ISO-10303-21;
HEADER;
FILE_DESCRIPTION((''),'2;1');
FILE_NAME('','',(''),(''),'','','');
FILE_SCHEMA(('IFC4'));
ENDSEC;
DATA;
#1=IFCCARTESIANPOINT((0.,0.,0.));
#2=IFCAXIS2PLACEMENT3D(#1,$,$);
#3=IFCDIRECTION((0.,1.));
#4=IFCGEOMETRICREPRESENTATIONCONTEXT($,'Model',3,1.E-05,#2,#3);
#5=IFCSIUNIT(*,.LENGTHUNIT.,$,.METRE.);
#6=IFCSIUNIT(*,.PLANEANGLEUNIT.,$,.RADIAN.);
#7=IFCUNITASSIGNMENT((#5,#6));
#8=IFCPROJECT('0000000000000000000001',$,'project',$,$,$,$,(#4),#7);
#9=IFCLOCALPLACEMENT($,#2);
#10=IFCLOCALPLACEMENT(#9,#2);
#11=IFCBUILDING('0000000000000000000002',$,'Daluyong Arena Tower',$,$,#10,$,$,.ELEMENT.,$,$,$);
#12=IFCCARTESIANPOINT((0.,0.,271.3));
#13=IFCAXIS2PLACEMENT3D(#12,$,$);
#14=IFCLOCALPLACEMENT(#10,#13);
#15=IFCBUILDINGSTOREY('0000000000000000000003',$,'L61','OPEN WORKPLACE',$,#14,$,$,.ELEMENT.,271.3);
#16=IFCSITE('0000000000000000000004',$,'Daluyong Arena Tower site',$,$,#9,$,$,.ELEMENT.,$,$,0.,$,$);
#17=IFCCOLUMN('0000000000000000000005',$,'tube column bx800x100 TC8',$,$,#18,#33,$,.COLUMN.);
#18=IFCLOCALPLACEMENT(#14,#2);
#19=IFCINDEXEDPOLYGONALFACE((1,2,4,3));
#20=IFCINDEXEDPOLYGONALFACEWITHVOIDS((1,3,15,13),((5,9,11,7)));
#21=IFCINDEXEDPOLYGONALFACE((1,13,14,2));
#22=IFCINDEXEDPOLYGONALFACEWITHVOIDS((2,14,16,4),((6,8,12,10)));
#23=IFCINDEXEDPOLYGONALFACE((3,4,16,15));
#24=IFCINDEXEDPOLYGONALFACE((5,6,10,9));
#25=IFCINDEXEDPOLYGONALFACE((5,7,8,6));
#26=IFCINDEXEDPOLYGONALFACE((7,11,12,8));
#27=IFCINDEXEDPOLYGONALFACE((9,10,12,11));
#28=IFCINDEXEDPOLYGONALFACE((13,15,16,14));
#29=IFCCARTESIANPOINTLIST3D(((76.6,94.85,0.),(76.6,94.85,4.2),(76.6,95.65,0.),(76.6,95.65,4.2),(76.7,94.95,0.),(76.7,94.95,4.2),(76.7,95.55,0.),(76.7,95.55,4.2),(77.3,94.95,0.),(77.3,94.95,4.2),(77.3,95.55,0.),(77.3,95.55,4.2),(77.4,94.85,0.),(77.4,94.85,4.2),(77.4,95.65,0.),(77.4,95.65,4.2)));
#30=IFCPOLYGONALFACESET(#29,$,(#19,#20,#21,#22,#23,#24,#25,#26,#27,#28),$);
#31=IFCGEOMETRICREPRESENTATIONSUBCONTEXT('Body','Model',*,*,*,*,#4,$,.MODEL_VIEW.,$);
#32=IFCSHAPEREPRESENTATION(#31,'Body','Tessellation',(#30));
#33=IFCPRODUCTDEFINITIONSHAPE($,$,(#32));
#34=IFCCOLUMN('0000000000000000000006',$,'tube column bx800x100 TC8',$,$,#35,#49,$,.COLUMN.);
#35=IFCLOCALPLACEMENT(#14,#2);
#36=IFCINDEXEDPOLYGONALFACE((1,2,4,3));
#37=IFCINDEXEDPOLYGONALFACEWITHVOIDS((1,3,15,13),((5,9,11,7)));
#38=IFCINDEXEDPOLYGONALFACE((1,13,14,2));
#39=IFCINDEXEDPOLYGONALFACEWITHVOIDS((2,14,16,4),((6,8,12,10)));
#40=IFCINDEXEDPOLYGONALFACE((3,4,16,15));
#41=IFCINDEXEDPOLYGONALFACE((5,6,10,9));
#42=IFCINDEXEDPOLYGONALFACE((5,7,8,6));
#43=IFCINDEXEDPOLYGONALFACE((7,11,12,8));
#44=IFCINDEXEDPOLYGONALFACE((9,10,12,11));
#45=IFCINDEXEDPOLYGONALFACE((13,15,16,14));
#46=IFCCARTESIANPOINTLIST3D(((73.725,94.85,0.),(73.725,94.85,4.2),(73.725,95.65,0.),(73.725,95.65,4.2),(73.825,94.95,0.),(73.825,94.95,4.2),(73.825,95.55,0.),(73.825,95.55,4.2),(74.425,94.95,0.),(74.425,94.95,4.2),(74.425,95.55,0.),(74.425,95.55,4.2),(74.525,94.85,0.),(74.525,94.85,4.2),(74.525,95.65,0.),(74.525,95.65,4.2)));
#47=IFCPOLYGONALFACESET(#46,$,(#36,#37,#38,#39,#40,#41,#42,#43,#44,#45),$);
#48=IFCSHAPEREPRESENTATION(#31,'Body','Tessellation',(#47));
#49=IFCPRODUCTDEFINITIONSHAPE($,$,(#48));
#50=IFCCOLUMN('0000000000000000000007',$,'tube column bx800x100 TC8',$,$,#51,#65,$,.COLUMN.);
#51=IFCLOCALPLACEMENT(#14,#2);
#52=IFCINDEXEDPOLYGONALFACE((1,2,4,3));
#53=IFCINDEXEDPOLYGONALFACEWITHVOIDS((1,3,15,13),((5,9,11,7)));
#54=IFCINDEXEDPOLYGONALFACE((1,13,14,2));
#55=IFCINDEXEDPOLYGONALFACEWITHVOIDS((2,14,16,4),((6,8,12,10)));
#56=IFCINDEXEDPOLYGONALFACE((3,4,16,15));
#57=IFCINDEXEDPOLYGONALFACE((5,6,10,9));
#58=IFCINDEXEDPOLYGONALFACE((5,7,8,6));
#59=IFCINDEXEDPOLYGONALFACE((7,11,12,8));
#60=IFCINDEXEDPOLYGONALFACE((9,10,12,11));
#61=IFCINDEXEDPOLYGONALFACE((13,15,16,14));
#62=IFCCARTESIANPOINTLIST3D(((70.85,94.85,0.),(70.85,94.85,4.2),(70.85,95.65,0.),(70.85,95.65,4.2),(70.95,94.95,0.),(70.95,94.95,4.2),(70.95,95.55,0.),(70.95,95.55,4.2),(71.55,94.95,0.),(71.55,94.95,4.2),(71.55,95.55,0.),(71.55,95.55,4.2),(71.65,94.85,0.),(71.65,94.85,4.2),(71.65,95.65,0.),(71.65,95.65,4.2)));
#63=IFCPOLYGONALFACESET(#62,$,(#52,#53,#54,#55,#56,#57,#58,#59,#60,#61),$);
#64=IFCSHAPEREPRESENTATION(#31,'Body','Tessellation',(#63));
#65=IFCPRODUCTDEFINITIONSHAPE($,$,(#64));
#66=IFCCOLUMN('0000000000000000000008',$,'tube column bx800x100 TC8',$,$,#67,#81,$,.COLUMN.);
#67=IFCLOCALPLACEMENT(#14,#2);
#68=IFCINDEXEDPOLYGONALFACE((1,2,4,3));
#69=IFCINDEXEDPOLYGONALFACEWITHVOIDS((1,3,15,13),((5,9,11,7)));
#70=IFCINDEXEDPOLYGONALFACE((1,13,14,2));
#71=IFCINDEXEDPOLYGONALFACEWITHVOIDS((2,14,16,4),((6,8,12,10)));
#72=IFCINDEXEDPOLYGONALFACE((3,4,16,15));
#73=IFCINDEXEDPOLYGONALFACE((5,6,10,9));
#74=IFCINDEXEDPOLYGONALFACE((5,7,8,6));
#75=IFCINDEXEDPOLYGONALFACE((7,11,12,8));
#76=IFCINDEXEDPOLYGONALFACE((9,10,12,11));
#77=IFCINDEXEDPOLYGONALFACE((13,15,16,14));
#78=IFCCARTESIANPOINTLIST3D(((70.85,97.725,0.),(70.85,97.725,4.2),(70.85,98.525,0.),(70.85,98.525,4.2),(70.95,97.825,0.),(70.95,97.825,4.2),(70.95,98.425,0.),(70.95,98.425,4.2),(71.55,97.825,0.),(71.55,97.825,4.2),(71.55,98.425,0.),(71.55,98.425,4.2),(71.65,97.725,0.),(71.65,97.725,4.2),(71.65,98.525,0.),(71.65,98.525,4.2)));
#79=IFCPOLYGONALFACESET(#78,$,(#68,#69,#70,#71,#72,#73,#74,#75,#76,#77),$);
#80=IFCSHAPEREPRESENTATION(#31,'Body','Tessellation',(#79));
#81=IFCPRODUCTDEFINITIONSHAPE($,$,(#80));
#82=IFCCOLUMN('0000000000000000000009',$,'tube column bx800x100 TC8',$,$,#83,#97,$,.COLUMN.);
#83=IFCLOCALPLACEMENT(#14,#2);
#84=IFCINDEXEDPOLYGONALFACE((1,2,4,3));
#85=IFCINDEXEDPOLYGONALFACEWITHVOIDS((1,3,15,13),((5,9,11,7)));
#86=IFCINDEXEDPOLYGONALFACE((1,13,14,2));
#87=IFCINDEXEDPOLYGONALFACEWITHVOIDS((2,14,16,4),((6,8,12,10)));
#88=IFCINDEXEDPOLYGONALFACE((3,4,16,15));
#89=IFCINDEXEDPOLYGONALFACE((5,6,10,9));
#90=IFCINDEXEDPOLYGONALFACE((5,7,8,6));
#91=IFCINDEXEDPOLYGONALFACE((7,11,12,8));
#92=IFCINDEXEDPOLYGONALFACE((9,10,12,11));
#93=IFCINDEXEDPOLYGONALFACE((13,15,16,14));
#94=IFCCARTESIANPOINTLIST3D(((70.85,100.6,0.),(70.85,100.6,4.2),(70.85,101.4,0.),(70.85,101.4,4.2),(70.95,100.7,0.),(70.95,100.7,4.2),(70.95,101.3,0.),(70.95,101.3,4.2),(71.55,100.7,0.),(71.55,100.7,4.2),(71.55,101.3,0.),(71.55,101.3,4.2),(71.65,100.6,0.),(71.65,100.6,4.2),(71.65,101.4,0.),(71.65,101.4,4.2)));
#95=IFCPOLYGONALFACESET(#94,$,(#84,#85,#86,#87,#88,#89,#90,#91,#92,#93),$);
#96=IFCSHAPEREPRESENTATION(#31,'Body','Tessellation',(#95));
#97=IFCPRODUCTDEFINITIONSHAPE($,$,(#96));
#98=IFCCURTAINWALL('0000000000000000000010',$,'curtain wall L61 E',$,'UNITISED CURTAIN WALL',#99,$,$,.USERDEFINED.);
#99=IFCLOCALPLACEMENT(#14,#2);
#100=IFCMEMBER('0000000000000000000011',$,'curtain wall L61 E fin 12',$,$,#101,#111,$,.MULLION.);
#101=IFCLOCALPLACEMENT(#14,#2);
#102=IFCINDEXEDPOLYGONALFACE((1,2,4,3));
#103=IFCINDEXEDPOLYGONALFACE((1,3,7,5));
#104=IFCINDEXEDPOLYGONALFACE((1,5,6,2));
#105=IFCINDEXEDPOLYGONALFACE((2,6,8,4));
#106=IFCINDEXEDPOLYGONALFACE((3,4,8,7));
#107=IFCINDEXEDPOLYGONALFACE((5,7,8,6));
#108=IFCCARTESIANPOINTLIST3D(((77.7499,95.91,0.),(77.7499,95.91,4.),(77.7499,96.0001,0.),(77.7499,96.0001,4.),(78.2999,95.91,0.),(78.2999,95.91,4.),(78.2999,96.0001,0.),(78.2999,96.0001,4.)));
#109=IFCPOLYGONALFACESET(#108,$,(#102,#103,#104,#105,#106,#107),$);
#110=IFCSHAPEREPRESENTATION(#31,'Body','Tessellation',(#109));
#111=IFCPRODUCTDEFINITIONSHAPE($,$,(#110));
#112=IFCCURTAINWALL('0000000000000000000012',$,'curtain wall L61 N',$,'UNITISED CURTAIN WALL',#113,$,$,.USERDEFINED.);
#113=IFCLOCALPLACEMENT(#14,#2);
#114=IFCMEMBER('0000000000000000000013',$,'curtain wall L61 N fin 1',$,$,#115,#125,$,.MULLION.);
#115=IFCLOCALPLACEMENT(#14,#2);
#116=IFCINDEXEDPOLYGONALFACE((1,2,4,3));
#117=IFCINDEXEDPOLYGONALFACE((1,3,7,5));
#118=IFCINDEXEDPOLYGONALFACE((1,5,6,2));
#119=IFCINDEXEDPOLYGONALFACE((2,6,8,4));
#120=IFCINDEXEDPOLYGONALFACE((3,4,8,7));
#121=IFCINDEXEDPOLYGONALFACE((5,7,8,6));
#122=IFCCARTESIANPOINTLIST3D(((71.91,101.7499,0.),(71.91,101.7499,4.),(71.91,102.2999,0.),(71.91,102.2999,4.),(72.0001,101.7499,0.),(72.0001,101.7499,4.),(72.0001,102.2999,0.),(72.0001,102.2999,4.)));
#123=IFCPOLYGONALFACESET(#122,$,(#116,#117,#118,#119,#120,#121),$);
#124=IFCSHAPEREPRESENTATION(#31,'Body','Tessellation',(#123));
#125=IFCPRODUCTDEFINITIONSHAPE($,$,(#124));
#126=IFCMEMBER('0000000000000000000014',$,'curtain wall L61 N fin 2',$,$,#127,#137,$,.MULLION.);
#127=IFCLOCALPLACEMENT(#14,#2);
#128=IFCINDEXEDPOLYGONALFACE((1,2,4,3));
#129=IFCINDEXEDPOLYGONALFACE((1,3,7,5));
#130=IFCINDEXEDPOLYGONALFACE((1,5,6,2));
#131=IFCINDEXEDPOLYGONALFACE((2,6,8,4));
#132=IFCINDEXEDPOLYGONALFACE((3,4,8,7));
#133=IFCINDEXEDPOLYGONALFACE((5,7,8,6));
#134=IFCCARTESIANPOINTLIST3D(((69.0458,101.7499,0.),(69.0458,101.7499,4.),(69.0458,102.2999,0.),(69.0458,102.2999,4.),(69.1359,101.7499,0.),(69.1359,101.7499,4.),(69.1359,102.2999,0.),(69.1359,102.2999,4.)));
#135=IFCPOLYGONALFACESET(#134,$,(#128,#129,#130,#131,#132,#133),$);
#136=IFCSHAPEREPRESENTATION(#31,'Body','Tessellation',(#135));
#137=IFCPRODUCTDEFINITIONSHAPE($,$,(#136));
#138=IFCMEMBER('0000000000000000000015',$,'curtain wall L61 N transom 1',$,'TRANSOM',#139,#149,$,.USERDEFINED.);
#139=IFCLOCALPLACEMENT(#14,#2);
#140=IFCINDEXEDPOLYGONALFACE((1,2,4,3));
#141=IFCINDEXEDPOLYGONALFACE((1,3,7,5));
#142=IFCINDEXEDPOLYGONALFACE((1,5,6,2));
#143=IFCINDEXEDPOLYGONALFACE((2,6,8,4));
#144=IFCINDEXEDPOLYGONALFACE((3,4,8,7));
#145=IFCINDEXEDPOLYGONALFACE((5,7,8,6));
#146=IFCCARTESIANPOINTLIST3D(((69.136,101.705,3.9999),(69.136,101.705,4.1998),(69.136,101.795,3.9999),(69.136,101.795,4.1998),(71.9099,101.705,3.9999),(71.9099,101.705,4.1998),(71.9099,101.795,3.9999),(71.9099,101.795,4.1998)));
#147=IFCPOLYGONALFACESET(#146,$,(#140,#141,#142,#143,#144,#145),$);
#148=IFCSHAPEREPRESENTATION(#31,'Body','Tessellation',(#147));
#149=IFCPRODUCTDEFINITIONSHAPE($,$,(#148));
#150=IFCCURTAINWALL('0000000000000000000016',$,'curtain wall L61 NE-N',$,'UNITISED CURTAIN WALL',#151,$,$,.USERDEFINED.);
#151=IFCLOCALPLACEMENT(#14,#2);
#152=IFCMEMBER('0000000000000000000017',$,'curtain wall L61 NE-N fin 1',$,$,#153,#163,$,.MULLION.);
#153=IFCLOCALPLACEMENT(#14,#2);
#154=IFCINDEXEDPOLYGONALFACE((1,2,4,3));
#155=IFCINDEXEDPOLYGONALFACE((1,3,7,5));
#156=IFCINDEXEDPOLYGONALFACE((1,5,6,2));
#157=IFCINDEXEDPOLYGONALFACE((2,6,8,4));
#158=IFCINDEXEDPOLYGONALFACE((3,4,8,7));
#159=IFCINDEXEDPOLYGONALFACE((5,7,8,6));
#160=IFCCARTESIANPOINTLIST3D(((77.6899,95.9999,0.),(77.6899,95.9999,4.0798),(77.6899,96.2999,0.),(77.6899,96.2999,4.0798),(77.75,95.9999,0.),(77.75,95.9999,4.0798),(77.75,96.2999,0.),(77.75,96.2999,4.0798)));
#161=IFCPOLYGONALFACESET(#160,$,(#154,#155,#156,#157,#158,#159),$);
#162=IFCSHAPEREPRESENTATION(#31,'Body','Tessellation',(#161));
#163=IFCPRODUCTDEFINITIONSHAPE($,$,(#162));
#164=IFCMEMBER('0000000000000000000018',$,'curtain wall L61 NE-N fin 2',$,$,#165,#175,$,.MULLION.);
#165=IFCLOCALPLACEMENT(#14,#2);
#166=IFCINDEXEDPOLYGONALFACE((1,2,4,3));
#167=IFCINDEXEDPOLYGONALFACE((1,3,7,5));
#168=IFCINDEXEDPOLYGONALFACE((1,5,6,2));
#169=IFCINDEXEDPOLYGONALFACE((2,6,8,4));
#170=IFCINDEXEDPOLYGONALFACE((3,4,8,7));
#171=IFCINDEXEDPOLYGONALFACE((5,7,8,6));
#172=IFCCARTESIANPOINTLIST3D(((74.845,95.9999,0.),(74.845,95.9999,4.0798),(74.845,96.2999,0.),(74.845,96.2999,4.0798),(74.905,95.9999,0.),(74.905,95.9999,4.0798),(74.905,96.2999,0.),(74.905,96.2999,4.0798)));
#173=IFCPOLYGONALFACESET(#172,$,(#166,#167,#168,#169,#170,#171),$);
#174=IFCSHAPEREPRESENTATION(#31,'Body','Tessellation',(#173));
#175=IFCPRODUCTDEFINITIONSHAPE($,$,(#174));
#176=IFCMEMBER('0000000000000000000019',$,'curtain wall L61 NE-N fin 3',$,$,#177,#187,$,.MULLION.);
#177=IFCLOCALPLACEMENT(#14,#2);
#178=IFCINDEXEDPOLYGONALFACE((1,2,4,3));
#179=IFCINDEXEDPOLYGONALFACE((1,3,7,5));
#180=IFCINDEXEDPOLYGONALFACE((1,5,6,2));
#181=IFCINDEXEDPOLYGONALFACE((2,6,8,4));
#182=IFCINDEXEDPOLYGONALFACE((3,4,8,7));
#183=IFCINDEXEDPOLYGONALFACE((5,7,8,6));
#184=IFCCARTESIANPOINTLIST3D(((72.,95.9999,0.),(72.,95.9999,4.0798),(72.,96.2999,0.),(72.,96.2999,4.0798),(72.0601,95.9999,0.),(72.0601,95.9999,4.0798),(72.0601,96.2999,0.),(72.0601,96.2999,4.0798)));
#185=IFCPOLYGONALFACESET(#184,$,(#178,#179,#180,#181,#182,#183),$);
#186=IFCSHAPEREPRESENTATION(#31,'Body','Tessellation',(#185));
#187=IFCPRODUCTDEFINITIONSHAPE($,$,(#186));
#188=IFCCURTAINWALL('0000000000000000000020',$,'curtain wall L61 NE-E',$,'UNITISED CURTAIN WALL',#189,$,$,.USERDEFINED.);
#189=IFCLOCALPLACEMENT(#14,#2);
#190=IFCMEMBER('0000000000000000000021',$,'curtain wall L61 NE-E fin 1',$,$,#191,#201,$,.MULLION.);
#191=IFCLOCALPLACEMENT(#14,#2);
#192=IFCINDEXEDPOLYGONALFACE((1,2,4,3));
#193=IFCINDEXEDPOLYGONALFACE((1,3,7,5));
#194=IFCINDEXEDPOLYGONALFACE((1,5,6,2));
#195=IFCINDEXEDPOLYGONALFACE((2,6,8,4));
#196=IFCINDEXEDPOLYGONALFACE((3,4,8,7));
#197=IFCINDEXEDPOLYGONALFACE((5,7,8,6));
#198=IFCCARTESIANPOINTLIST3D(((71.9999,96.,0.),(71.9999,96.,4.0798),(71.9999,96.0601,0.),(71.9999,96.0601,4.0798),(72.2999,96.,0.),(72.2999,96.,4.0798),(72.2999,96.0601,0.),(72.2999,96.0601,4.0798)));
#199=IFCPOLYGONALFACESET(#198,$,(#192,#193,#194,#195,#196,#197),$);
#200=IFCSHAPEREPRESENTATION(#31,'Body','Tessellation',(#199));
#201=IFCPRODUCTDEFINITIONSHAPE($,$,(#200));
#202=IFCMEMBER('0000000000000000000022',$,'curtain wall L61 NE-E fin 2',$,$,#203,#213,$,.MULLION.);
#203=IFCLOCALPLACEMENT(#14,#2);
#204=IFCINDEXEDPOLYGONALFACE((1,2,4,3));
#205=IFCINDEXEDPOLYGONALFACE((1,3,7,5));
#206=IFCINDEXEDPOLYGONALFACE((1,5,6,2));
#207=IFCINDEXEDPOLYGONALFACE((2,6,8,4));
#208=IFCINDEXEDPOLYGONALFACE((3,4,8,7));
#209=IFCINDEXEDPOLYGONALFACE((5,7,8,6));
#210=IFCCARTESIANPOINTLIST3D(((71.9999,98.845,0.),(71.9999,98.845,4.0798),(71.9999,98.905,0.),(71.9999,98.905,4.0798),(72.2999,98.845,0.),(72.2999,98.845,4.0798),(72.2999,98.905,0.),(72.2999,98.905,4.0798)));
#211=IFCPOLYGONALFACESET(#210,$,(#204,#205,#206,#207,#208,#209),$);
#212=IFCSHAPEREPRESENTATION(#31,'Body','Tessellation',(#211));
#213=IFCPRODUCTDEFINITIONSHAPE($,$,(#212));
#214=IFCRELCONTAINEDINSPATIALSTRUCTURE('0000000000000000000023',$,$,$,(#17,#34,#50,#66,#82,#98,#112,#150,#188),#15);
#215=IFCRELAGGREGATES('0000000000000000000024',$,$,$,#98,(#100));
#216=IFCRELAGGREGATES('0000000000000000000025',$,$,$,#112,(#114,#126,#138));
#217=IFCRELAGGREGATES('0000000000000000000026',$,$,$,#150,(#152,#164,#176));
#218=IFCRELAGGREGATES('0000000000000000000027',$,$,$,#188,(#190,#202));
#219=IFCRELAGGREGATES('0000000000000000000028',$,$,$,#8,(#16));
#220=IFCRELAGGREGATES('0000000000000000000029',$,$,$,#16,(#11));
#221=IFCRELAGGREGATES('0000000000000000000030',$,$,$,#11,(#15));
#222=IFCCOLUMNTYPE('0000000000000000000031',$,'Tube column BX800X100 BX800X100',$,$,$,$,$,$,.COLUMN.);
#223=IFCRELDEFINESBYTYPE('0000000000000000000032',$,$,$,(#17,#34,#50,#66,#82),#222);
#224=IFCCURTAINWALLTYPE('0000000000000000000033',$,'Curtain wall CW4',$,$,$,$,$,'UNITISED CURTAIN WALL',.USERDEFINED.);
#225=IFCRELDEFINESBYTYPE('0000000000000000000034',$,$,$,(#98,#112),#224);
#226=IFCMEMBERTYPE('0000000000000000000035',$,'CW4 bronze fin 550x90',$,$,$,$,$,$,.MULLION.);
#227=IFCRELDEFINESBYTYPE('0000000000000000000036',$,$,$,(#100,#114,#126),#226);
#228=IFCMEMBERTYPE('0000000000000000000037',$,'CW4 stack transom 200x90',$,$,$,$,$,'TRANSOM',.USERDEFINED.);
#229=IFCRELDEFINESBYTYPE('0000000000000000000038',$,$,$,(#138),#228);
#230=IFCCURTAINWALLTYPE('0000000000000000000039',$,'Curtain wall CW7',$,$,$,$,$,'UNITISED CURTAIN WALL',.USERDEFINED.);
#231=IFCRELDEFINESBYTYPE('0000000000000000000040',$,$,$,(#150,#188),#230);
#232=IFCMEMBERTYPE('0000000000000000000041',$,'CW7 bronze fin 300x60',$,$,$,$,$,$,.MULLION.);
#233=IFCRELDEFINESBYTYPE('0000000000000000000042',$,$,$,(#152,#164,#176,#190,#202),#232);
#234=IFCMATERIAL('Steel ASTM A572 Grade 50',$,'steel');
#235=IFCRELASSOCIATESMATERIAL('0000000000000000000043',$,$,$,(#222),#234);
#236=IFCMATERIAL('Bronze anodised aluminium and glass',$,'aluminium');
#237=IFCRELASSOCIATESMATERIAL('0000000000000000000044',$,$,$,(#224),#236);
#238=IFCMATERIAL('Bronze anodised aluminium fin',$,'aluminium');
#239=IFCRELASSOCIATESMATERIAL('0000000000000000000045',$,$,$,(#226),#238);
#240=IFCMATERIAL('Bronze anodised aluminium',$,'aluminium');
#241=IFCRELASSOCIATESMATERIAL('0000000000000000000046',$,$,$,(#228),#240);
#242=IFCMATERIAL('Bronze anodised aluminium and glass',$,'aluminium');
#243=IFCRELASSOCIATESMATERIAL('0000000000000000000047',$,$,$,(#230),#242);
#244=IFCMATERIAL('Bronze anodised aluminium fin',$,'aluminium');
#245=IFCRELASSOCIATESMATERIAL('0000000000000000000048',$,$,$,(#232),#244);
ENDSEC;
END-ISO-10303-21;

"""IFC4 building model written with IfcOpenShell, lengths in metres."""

from ifc_helpers import new_model, si_unit, direction, frame, origin, origin_2d, place, context, subcontext, project, spatial, rectangle, hollow_rectangle, extrude, material, material_profile, profile_set, type_object, element, aggregate, save


model = new_model("IFC4")

# Units and contexts
model_context = context("Model", 3, precision=1e-05, world=origin(), true_north=direction((0.0, 1.0)))
body_context = subcontext(model_context, "Body", "Model", "MODEL_VIEW")
ifc_project = project(units=[si_unit("LENGTHUNIT", "METRE"), si_unit("PLANEANGLEUNIT", "RADIAN")], contexts=[model_context])

# Site, building, storey
site_placement = place(None, origin())
site = spatial("IfcSite", under=ifc_project, at=site_placement, Name="Daluyong Arena Tower site", CompositionType="ELEMENT", RefElevation=0.0)
building_placement = place(site_placement, origin())
building = spatial("IfcBuilding", under=site, at=building_placement, Name="Daluyong Arena Tower", CompositionType="ELEMENT")
storey_placement = place(building_placement, frame((0.0, 0.0, 271.3)))
storey = spatial("IfcBuildingStorey", under=building, at=storey_placement, Name="L61", Description="OPEN WORKPLACE", CompositionType="ELEMENT", Elevation=271.3)

# Columns
ifc_material_1 = material(Name="Steel ASTM A572 Grade 50", Category="steel")
ifc_material_profile_1 = material_profile(ifc_material_1, hollow_rectangle(XDim=0.8, YDim=0.8, WallThickness=0.1, at=origin_2d()))
ifc_profile_set_1 = profile_set([ifc_material_profile_1], Name="Steel ASTM A572 Grade 50")
column_type = type_object("IfcColumnType", Name="Tube column BX800X100 BX800X100", PredefinedType="COLUMN", material=ifc_profile_set_1)
for number, where, z_axis, x_axis, name in (
    (1, (77.0, 95.25, 0.0), (0.0, 0.0, 1.0), (1.0, 0.0, 0.0), "tube column bx800x100 TC8"),
    (2, (74.125, 95.25, 0.0), (0.0, 0.0, 1.0), (1.0, 0.0, 0.0), "tube column bx800x100 TC8"),
    (3, (71.25, 95.25, 0.0), (0.0, 0.0, 1.0), (0.0, 1.0, 0.0), "tube column bx800x100 TC8"),
    (4, (71.25, 98.125, 0.0), (0.0, 0.0, 1.0), (0.0, 1.0, 0.0), "tube column bx800x100 TC8"),
    (5, (71.25, 101.0, 0.0), (0.0, 0.0, 1.0), (1.0, 0.0, 0.0), "tube column bx800x100 TC8"),
):
    element("IfcColumn", number, at=place(storey_placement, frame(where, z_axis=z_axis, x_axis=x_axis)), inside=storey, type_object=column_type, Name=name, PredefinedType="COLUMN", context=body_context, shape_type="SweptSolid", body=[
        extrude(hollow_rectangle(XDim=0.8, YDim=0.8, WallThickness=0.1, at=origin_2d()), origin(), (0.0, 0.0, 1.0), 4.2),
    ])

# Curtain wall, member
ifc_material_2 = material(Name="Bronze anodised aluminium and glass", Category="aluminium")
curtain_wall_type_1 = type_object("IfcCurtainWallType", Name="Curtain wall CW4", ElementType="UNITISED CURTAIN WALL", PredefinedType="USERDEFINED", material=ifc_material_2)
curtain_wall_1_placement = place(storey_placement, origin())
curtain_wall_1 = element("IfcCurtainWall", 6, at=curtain_wall_1_placement, inside=storey, type_object=curtain_wall_type_1, Name="curtain wall L61 E", ObjectType="UNITISED CURTAIN WALL", PredefinedType="USERDEFINED")
ifc_material_3 = material(Name="Bronze anodised aluminium fin", Category="aluminium")
ifc_material_profile_2 = material_profile(ifc_material_3, rectangle(XDim=0.55, YDim=0.0901, at=origin_2d()))
ifc_profile_set_2 = profile_set([ifc_material_profile_2], Name="Bronze anodised aluminium fin")
member_type_1 = type_object("IfcMemberType", Name="CW4 bronze fin 550x90", PredefinedType="MULLION", material=ifc_profile_set_2)
member_1_placement = place(storey_placement, frame((78.0249, 95.9551, 0.0), z_axis=(0.0, 0.0, 1.0), x_axis=(-1.0, 0.0, 0.0)))
member_1 = element("IfcMember", 7, at=member_1_placement, type_object=member_type_1, Name="curtain wall L61 E fin 12", PredefinedType="MULLION", context=body_context, shape_type="SweptSolid", body=[
    extrude(rectangle(XDim=0.55, YDim=0.0901, at=origin_2d()), origin(), (0.0, 0.0, 1.0), 4.0),
])

# Curtain walls, members
curtain_wall_2_placement = place(storey_placement, origin())
curtain_wall_2 = element("IfcCurtainWall", 8, at=curtain_wall_2_placement, inside=storey, type_object=curtain_wall_type_1, Name="curtain wall L61 N", ObjectType="UNITISED CURTAIN WALL", PredefinedType="USERDEFINED")
member_2_placement = place(storey_placement, frame((71.9551, 102.0249, 0.0), z_axis=(0.0, 0.0, 1.0), x_axis=(0.0, -1.0, 0.0)))
member_2 = element("IfcMember", 9, at=member_2_placement, type_object=member_type_1, Name="curtain wall L61 N fin 1", PredefinedType="MULLION", context=body_context, shape_type="SweptSolid", body=[
    extrude(rectangle(XDim=0.55, YDim=0.0901, at=origin_2d()), origin(), (0.0, 0.0, 1.0), 4.0),
])
member_3_placement = place(storey_placement, frame((69.0908, 102.0249, 0.0), z_axis=(0.0, 0.0, 1.0), x_axis=(0.0, -1.0, 0.0)))
member_3 = element("IfcMember", 10, at=member_3_placement, type_object=member_type_1, Name="curtain wall L61 N fin 2", PredefinedType="MULLION", context=body_context, shape_type="SweptSolid", body=[
    extrude(rectangle(XDim=0.55, YDim=0.0901, at=origin_2d()), origin(), (0.0, 0.0, 1.0), 4.0),
])
ifc_material_4 = material(Name="Bronze anodised aluminium", Category="aluminium")
ifc_material_profile_3 = material_profile(ifc_material_4, rectangle(XDim=0.0901, YDim=0.2, at=origin_2d()))
ifc_profile_set_3 = profile_set([ifc_material_profile_3], Name="Bronze anodised aluminium")
member_type_2 = type_object("IfcMemberType", Name="CW4 stack transom 200x90", ElementType="TRANSOM", PredefinedType="USERDEFINED", material=ifc_profile_set_3)
member_4_placement = place(storey_placement, frame((71.9099, 101.75, 4.0999), z_axis=(-1.0, 0.0, 0.0), x_axis=(0.0, -1.0, 0.0)))
member_4 = element("IfcMember", 11, at=member_4_placement, type_object=member_type_2, Name="curtain wall L61 N transom 1", ObjectType="TRANSOM", PredefinedType="USERDEFINED", context=body_context, shape_type="SweptSolid", body=[
    extrude(rectangle(XDim=0.0901, YDim=0.2, at=origin_2d()), origin(), (0.0, 0.0, 1.0), 2.7739),
])
ifc_material_5 = material(Name="Bronze anodised aluminium and glass", Category="aluminium")
curtain_wall_type_2 = type_object("IfcCurtainWallType", Name="Curtain wall CW7", ElementType="UNITISED CURTAIN WALL", PredefinedType="USERDEFINED", material=ifc_material_5)
curtain_wall_3_placement = place(storey_placement, origin())
curtain_wall_3 = element("IfcCurtainWall", 12, at=curtain_wall_3_placement, inside=storey, type_object=curtain_wall_type_2, Name="curtain wall L61 NE-N", ObjectType="UNITISED CURTAIN WALL", PredefinedType="USERDEFINED")
ifc_material_6 = material(Name="Bronze anodised aluminium fin", Category="aluminium")
ifc_material_profile_4 = material_profile(ifc_material_6, rectangle(XDim=0.3, YDim=0.0601, at=origin_2d()))
ifc_profile_set_4 = profile_set([ifc_material_profile_4], Name="Bronze anodised aluminium fin")
member_type_3 = type_object("IfcMemberType", Name="CW7 bronze fin 300x60", PredefinedType="MULLION", material=ifc_profile_set_4)
member_5_placement = place(storey_placement, frame((77.72, 96.1499, 0.0), z_axis=(0.0, 0.0, 1.0), x_axis=(0.0, -1.0, 0.0)))
member_5 = element("IfcMember", 13, at=member_5_placement, type_object=member_type_3, Name="curtain wall L61 NE-N fin 1", PredefinedType="MULLION", context=body_context, shape_type="SweptSolid", body=[
    extrude(rectangle(XDim=0.3, YDim=0.0601, at=origin_2d()), origin(), (0.0, 0.0, 1.0), 4.0798),
])
member_6_placement = place(storey_placement, frame((74.875, 96.1499, 0.0), z_axis=(0.0, 0.0, 1.0), x_axis=(0.0, -1.0, 0.0)))
member_6 = element("IfcMember", 14, at=member_6_placement, type_object=member_type_3, Name="curtain wall L61 NE-N fin 2", PredefinedType="MULLION", context=body_context, shape_type="SweptSolid", body=[
    extrude(rectangle(XDim=0.3, YDim=0.0601, at=origin_2d()), origin(), (0.0, 0.0, 1.0), 4.0798),
])
member_7_placement = place(storey_placement, frame((72.03, 96.1499, 0.0), z_axis=(0.0, 0.0, 1.0), x_axis=(0.0, -1.0, 0.0)))
member_7 = element("IfcMember", 15, at=member_7_placement, type_object=member_type_3, Name="curtain wall L61 NE-N fin 3", PredefinedType="MULLION", context=body_context, shape_type="SweptSolid", body=[
    extrude(rectangle(XDim=0.3, YDim=0.0601, at=origin_2d()), origin(), (0.0, 0.0, 1.0), 4.0798),
])
curtain_wall_4_placement = place(storey_placement, origin())
curtain_wall_4 = element("IfcCurtainWall", 16, at=curtain_wall_4_placement, inside=storey, type_object=curtain_wall_type_2, Name="curtain wall L61 NE-E", ObjectType="UNITISED CURTAIN WALL", PredefinedType="USERDEFINED")
member_8_placement = place(storey_placement, frame((72.1499, 96.03, 0.0), z_axis=(0.0, 0.0, 1.0), x_axis=(-1.0, 0.0, 0.0)))
member_8 = element("IfcMember", 17, at=member_8_placement, type_object=member_type_3, Name="curtain wall L61 NE-E fin 1", PredefinedType="MULLION", context=body_context, shape_type="SweptSolid", body=[
    extrude(rectangle(XDim=0.3, YDim=0.0601, at=origin_2d()), origin(), (0.0, 0.0, 1.0), 4.0798),
])
member_9_placement = place(storey_placement, frame((72.1499, 98.875, 0.0), z_axis=(0.0, 0.0, 1.0), x_axis=(-1.0, 0.0, 0.0)))
member_9 = element("IfcMember", 18, at=member_9_placement, type_object=member_type_3, Name="curtain wall L61 NE-E fin 2", PredefinedType="MULLION", context=body_context, shape_type="SweptSolid", body=[
    extrude(rectangle(XDim=0.3, YDim=0.0601, at=origin_2d()), origin(), (0.0, 0.0, 1.0), 4.0798),
])

aggregate(curtain_wall_1, [member_1])
aggregate(curtain_wall_2, [member_2, member_3, member_4])
aggregate(curtain_wall_3, [member_5, member_6, member_7])
aggregate(curtain_wall_4, [member_8, member_9])

save(model, "model.ifc")
